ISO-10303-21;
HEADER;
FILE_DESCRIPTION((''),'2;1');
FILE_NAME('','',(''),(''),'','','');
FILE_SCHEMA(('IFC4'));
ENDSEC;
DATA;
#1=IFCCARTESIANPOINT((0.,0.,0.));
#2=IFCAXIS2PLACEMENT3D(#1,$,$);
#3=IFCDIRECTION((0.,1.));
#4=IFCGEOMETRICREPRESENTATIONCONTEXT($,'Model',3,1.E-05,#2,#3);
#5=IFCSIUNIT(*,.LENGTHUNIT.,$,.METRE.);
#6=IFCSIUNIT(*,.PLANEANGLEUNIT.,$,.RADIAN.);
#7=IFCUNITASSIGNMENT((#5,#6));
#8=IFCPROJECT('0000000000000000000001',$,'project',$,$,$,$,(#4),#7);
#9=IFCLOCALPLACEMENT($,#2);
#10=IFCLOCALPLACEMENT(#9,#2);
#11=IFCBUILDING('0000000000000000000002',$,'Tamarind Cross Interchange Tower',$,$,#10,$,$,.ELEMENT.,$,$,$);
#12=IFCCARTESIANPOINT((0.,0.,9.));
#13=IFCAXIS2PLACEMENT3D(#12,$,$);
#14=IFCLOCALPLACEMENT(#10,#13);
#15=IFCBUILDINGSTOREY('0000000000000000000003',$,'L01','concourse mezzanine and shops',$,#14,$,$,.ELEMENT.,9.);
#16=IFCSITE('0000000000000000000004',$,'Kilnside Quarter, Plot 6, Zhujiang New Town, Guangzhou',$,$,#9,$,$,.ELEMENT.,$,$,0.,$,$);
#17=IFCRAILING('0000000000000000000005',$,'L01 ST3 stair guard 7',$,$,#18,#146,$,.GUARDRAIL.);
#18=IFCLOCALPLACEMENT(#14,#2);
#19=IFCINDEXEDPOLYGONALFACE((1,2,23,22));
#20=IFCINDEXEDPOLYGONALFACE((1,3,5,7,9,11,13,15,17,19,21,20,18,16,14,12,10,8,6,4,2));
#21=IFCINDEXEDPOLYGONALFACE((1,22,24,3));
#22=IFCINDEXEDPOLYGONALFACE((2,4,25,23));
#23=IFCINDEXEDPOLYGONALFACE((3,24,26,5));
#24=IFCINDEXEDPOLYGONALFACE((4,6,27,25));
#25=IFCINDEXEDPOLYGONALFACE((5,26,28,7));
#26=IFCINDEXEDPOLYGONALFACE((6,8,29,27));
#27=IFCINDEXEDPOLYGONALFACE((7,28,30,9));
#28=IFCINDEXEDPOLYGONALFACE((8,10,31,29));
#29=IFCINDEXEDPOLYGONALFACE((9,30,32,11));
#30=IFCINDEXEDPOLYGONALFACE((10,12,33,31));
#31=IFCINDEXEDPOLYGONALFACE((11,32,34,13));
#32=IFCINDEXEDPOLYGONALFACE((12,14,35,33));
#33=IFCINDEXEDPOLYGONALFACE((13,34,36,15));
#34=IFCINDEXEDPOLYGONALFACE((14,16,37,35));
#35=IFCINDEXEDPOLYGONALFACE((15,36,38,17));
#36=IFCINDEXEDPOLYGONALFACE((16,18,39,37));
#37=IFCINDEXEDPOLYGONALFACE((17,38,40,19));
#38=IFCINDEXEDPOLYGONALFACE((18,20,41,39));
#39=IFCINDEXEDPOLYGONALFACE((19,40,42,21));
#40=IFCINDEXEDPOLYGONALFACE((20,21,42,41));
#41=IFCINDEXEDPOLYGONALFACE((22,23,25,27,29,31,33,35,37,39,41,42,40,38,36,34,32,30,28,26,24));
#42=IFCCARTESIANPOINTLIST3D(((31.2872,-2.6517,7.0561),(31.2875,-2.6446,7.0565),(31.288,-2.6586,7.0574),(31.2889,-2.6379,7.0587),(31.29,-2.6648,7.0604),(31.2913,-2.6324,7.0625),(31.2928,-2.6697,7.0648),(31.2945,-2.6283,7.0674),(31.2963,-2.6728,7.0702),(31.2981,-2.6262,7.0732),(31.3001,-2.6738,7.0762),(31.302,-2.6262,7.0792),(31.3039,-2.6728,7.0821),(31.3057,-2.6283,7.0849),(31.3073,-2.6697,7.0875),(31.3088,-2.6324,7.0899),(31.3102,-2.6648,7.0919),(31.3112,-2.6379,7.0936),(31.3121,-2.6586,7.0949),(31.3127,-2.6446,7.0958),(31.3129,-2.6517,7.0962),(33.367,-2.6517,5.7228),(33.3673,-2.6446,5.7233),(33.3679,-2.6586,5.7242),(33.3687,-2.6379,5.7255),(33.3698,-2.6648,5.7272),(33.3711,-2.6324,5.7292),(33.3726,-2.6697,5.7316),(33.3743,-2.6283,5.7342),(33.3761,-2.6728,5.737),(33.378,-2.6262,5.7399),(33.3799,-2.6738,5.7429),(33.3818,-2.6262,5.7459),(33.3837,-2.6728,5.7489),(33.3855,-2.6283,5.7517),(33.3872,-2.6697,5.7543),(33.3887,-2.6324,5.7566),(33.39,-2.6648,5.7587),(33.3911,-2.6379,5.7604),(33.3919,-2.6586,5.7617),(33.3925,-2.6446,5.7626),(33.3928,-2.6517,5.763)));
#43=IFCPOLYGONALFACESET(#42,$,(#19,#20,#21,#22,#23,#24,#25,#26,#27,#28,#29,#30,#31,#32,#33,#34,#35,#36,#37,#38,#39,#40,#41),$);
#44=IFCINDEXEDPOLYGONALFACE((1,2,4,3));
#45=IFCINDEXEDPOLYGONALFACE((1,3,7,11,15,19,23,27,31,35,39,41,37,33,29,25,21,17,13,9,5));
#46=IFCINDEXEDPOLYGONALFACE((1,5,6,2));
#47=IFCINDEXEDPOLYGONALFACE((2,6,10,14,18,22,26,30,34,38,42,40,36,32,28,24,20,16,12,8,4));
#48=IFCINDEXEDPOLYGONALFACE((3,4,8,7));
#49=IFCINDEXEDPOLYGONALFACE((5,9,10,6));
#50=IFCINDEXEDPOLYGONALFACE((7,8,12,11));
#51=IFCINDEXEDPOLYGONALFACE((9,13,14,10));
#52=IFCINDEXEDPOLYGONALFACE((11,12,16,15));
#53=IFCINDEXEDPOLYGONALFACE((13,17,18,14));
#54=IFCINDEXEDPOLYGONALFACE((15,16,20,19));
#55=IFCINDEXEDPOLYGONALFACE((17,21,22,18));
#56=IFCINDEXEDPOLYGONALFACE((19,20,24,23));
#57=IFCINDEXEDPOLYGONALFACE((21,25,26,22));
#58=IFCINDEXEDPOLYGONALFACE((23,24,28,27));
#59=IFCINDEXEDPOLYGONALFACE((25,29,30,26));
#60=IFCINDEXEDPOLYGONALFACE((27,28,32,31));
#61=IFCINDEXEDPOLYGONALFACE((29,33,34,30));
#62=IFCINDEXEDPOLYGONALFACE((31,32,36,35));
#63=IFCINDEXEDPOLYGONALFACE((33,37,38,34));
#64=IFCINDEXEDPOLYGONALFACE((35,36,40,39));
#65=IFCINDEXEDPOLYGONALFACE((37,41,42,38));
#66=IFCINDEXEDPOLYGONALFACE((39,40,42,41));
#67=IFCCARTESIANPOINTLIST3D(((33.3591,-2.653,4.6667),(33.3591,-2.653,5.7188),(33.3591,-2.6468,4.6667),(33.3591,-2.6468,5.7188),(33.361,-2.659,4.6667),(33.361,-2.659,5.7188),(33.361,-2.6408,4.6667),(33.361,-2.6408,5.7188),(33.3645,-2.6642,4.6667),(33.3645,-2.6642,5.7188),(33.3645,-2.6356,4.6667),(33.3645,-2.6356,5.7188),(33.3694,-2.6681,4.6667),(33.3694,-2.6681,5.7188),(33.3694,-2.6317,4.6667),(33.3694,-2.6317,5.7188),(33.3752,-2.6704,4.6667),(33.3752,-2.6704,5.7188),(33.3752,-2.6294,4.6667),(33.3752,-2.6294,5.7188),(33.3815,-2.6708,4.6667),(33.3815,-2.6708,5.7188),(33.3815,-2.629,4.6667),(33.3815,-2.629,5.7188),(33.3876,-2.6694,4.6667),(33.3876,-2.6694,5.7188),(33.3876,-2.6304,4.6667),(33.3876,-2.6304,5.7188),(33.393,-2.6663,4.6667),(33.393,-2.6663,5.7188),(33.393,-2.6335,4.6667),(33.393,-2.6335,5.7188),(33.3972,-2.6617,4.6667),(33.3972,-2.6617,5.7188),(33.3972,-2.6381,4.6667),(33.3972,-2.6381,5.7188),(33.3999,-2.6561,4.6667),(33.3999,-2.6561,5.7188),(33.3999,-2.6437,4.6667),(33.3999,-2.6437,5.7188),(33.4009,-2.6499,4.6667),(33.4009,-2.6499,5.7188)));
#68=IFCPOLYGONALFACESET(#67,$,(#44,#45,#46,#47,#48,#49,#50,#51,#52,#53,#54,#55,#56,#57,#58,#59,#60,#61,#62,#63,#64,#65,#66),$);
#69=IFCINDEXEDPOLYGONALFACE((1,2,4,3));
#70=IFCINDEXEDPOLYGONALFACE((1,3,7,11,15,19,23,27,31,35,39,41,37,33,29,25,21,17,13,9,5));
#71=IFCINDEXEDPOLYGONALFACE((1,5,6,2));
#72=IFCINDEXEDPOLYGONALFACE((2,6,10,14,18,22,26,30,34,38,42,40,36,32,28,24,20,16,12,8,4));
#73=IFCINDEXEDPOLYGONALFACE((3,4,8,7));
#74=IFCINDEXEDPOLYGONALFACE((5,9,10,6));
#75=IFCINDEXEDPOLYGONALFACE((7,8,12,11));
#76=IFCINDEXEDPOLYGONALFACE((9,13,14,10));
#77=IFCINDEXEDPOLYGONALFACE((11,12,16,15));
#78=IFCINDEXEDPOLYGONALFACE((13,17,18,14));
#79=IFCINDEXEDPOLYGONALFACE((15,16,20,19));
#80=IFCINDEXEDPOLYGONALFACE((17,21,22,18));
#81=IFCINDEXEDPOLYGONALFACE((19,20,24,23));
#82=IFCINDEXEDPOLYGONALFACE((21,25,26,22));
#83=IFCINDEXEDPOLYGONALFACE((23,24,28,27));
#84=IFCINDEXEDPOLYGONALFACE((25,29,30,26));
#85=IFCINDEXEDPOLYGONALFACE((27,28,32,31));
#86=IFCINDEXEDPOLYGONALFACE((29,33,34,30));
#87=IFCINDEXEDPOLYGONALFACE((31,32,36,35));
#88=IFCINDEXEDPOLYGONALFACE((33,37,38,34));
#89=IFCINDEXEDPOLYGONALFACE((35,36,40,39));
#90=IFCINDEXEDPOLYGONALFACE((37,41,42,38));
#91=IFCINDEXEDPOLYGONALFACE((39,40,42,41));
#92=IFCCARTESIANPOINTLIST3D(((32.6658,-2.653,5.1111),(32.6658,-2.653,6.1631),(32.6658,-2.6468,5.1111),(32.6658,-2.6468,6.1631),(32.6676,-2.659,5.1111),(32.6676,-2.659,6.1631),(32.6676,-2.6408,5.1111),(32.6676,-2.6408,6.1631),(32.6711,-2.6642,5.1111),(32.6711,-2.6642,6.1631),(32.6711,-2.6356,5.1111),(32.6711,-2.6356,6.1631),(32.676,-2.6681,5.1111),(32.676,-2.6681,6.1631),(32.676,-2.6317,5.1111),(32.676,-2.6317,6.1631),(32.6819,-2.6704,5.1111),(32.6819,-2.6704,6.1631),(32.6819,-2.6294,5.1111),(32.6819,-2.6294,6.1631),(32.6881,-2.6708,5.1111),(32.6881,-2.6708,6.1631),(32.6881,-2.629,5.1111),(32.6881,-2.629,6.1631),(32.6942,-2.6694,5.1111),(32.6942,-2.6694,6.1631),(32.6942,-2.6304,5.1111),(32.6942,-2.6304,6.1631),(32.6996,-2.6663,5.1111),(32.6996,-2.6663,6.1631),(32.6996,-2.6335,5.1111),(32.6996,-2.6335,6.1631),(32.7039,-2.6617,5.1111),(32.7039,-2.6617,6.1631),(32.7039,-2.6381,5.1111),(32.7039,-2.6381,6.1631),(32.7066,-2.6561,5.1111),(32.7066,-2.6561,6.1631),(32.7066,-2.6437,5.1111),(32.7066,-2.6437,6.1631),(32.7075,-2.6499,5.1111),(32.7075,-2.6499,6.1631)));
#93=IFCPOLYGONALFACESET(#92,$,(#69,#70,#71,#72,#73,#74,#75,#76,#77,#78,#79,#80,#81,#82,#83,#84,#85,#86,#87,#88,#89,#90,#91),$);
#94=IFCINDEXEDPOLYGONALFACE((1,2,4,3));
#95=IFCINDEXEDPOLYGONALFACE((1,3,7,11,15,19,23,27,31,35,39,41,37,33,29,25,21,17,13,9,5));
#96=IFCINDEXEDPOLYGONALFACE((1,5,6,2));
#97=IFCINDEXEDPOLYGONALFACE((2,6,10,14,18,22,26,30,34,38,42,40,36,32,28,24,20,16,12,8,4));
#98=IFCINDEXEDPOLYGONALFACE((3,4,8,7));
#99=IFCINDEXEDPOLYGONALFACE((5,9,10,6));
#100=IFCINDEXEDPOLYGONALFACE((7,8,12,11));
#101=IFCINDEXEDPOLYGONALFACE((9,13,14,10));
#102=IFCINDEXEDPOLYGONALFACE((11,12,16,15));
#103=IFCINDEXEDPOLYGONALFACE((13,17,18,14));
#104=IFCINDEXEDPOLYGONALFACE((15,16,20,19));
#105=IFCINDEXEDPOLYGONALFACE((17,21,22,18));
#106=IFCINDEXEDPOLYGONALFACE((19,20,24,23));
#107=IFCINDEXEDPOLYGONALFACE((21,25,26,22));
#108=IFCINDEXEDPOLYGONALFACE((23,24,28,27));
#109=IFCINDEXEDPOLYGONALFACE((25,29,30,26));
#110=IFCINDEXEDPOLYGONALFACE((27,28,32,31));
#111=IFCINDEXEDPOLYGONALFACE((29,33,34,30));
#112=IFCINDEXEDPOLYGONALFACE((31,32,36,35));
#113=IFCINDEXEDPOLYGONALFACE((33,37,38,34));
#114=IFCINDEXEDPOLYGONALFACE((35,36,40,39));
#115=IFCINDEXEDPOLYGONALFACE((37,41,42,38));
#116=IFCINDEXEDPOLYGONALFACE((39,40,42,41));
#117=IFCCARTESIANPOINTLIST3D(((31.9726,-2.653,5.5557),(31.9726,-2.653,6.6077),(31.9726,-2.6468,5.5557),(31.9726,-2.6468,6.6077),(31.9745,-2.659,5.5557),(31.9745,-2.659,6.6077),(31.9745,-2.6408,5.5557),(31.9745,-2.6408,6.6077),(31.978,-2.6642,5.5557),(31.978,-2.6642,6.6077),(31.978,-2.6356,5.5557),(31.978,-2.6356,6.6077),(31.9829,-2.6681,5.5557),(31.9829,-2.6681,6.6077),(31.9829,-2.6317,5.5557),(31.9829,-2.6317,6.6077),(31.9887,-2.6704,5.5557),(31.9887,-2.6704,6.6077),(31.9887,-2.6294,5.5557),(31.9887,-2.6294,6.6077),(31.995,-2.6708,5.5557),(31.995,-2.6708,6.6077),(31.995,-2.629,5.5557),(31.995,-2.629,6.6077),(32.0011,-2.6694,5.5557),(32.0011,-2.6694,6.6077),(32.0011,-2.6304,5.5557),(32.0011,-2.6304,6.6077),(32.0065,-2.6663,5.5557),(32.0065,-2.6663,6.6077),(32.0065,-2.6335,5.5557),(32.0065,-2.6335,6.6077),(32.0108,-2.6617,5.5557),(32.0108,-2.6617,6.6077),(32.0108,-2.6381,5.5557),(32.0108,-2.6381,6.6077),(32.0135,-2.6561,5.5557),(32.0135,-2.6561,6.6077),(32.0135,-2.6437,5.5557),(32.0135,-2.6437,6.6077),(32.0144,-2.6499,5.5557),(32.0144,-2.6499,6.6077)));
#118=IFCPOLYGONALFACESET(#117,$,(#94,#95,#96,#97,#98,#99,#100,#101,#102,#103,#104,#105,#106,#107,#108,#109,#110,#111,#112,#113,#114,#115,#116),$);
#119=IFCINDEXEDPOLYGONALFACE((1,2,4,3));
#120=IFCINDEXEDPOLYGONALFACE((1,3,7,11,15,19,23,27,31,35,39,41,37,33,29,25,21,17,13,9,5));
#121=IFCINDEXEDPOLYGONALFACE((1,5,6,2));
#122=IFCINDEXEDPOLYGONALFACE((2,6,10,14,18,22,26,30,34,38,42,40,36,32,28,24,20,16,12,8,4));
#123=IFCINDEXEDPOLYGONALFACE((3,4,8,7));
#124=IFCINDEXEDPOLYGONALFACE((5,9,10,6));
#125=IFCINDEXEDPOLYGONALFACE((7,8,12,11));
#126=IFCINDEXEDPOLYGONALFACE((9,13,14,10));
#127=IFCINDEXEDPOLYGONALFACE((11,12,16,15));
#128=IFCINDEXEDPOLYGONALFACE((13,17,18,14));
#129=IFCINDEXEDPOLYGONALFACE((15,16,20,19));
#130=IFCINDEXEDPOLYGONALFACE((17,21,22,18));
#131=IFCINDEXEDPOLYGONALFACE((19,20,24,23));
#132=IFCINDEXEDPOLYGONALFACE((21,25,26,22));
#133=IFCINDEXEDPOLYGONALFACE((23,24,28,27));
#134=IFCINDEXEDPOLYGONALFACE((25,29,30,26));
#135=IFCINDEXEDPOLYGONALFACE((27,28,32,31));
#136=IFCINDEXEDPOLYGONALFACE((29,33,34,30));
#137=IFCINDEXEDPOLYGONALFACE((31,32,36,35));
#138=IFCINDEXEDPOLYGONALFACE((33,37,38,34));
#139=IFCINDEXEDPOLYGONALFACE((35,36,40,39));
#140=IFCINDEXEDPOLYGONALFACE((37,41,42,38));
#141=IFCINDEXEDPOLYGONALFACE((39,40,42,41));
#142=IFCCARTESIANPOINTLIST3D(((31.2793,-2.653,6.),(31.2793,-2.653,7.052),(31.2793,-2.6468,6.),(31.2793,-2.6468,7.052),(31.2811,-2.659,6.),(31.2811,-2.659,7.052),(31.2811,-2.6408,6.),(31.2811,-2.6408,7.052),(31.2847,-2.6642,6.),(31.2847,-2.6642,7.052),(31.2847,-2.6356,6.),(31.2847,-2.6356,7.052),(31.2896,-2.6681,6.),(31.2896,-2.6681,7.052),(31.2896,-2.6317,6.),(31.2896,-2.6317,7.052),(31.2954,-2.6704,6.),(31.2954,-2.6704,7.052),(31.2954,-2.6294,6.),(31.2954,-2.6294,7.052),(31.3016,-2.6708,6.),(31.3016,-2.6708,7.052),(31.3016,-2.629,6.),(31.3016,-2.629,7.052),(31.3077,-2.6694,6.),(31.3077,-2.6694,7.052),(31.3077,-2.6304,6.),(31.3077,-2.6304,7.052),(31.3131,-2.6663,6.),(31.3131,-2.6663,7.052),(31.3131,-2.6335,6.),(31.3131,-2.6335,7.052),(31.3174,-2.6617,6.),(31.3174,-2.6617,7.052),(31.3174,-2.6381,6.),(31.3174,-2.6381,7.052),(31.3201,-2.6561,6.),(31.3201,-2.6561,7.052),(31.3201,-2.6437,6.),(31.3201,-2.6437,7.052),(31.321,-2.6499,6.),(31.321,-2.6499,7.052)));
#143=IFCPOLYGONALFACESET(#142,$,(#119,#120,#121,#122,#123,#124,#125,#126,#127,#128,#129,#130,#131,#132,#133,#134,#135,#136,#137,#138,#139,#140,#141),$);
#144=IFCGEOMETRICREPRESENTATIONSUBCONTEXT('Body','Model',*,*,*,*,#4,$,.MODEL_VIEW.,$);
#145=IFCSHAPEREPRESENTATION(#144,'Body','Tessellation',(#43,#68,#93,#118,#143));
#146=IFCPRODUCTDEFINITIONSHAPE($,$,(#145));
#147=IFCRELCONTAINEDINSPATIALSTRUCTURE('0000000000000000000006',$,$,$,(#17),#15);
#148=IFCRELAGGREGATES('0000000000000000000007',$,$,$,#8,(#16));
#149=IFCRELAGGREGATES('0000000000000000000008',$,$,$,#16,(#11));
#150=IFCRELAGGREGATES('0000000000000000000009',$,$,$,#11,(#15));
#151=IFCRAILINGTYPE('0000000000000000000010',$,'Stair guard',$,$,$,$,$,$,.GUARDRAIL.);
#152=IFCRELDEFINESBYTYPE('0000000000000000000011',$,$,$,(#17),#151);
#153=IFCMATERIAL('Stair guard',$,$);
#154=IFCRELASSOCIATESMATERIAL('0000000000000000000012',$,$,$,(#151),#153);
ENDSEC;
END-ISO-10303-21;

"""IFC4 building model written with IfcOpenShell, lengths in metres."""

from ifc_helpers import new_model, si_unit, direction, frame, origin, origin_2d, place, context, subcontext, project, spatial, circle, extrude, material, type_object, element, save


model = new_model("IFC4")

# Units and contexts
model_context = context("Model", 3, precision=1e-05, world=origin(), true_north=direction((0.0, 1.0)))
body_context = subcontext(model_context, "Body", "Model", "MODEL_VIEW")
ifc_project = project(units=[si_unit("LENGTHUNIT", "METRE"), si_unit("PLANEANGLEUNIT", "RADIAN")], contexts=[model_context])

# Site, building, storey
site_placement = place(None, origin())
site = spatial("IfcSite", under=ifc_project, at=site_placement, Name="Kilnside Quarter, Plot 6, Zhujiang New Town, Guangzhou", CompositionType="ELEMENT", RefElevation=0.0)
building_placement = place(site_placement, origin())
building = spatial("IfcBuilding", under=site, at=building_placement, Name="Tamarind Cross Interchange Tower", CompositionType="ELEMENT")
storey_placement = place(building_placement, frame((0.0, 0.0, 9.0)))
storey = spatial("IfcBuildingStorey", under=building, at=storey_placement, Name="L01", Description="concourse mezzanine and shops", CompositionType="ELEMENT", Elevation=9.0)

# Railing
ifc_material_1 = material(Name="Stair guard")
railing_type_1 = type_object("IfcRailingType", Name="Stair guard", PredefinedType="GUARDRAIL", material=ifc_material_1)
railing_1_placement = place(storey_placement, frame((33.3799, -2.6499, 4.6667)))
element("IfcRailing", 1, at=railing_1_placement, inside=storey, type_object=railing_type_1, Name="L01 ST3 stair guard 7", PredefinedType="GUARDRAIL", context=body_context, shape_type="SweptSolid", body=[
    extrude(circle(Radius=0.0239, at=origin_2d()), frame((0.0, 0.0, 1.0762), z_axis=(-0.841875, 0.0, 0.539673), x_axis=(0.0, -1.0, 0.0)), (0.0, 0.0, 1.0), 2.4705),
    extrude(circle(Radius=0.021, at=origin_2d()), origin(), (0.0, 0.0, 1.0), 1.052),
    extrude(circle(Radius=0.021, at=origin_2d()), frame((-0.6934, 0.0, 0.4443)), (0.0, 0.0, 1.0), 1.052),
    extrude(circle(Radius=0.021, at=origin_2d()), frame((-1.3865, 0.0, 0.8889)), (0.0, 0.0, 1.0), 1.052),
    extrude(circle(Radius=0.021, at=origin_2d()), frame((-2.0798, 0.0, 1.3333)), (0.0, 0.0, 1.0), 1.052),
])

save(model, "model.ifc")
